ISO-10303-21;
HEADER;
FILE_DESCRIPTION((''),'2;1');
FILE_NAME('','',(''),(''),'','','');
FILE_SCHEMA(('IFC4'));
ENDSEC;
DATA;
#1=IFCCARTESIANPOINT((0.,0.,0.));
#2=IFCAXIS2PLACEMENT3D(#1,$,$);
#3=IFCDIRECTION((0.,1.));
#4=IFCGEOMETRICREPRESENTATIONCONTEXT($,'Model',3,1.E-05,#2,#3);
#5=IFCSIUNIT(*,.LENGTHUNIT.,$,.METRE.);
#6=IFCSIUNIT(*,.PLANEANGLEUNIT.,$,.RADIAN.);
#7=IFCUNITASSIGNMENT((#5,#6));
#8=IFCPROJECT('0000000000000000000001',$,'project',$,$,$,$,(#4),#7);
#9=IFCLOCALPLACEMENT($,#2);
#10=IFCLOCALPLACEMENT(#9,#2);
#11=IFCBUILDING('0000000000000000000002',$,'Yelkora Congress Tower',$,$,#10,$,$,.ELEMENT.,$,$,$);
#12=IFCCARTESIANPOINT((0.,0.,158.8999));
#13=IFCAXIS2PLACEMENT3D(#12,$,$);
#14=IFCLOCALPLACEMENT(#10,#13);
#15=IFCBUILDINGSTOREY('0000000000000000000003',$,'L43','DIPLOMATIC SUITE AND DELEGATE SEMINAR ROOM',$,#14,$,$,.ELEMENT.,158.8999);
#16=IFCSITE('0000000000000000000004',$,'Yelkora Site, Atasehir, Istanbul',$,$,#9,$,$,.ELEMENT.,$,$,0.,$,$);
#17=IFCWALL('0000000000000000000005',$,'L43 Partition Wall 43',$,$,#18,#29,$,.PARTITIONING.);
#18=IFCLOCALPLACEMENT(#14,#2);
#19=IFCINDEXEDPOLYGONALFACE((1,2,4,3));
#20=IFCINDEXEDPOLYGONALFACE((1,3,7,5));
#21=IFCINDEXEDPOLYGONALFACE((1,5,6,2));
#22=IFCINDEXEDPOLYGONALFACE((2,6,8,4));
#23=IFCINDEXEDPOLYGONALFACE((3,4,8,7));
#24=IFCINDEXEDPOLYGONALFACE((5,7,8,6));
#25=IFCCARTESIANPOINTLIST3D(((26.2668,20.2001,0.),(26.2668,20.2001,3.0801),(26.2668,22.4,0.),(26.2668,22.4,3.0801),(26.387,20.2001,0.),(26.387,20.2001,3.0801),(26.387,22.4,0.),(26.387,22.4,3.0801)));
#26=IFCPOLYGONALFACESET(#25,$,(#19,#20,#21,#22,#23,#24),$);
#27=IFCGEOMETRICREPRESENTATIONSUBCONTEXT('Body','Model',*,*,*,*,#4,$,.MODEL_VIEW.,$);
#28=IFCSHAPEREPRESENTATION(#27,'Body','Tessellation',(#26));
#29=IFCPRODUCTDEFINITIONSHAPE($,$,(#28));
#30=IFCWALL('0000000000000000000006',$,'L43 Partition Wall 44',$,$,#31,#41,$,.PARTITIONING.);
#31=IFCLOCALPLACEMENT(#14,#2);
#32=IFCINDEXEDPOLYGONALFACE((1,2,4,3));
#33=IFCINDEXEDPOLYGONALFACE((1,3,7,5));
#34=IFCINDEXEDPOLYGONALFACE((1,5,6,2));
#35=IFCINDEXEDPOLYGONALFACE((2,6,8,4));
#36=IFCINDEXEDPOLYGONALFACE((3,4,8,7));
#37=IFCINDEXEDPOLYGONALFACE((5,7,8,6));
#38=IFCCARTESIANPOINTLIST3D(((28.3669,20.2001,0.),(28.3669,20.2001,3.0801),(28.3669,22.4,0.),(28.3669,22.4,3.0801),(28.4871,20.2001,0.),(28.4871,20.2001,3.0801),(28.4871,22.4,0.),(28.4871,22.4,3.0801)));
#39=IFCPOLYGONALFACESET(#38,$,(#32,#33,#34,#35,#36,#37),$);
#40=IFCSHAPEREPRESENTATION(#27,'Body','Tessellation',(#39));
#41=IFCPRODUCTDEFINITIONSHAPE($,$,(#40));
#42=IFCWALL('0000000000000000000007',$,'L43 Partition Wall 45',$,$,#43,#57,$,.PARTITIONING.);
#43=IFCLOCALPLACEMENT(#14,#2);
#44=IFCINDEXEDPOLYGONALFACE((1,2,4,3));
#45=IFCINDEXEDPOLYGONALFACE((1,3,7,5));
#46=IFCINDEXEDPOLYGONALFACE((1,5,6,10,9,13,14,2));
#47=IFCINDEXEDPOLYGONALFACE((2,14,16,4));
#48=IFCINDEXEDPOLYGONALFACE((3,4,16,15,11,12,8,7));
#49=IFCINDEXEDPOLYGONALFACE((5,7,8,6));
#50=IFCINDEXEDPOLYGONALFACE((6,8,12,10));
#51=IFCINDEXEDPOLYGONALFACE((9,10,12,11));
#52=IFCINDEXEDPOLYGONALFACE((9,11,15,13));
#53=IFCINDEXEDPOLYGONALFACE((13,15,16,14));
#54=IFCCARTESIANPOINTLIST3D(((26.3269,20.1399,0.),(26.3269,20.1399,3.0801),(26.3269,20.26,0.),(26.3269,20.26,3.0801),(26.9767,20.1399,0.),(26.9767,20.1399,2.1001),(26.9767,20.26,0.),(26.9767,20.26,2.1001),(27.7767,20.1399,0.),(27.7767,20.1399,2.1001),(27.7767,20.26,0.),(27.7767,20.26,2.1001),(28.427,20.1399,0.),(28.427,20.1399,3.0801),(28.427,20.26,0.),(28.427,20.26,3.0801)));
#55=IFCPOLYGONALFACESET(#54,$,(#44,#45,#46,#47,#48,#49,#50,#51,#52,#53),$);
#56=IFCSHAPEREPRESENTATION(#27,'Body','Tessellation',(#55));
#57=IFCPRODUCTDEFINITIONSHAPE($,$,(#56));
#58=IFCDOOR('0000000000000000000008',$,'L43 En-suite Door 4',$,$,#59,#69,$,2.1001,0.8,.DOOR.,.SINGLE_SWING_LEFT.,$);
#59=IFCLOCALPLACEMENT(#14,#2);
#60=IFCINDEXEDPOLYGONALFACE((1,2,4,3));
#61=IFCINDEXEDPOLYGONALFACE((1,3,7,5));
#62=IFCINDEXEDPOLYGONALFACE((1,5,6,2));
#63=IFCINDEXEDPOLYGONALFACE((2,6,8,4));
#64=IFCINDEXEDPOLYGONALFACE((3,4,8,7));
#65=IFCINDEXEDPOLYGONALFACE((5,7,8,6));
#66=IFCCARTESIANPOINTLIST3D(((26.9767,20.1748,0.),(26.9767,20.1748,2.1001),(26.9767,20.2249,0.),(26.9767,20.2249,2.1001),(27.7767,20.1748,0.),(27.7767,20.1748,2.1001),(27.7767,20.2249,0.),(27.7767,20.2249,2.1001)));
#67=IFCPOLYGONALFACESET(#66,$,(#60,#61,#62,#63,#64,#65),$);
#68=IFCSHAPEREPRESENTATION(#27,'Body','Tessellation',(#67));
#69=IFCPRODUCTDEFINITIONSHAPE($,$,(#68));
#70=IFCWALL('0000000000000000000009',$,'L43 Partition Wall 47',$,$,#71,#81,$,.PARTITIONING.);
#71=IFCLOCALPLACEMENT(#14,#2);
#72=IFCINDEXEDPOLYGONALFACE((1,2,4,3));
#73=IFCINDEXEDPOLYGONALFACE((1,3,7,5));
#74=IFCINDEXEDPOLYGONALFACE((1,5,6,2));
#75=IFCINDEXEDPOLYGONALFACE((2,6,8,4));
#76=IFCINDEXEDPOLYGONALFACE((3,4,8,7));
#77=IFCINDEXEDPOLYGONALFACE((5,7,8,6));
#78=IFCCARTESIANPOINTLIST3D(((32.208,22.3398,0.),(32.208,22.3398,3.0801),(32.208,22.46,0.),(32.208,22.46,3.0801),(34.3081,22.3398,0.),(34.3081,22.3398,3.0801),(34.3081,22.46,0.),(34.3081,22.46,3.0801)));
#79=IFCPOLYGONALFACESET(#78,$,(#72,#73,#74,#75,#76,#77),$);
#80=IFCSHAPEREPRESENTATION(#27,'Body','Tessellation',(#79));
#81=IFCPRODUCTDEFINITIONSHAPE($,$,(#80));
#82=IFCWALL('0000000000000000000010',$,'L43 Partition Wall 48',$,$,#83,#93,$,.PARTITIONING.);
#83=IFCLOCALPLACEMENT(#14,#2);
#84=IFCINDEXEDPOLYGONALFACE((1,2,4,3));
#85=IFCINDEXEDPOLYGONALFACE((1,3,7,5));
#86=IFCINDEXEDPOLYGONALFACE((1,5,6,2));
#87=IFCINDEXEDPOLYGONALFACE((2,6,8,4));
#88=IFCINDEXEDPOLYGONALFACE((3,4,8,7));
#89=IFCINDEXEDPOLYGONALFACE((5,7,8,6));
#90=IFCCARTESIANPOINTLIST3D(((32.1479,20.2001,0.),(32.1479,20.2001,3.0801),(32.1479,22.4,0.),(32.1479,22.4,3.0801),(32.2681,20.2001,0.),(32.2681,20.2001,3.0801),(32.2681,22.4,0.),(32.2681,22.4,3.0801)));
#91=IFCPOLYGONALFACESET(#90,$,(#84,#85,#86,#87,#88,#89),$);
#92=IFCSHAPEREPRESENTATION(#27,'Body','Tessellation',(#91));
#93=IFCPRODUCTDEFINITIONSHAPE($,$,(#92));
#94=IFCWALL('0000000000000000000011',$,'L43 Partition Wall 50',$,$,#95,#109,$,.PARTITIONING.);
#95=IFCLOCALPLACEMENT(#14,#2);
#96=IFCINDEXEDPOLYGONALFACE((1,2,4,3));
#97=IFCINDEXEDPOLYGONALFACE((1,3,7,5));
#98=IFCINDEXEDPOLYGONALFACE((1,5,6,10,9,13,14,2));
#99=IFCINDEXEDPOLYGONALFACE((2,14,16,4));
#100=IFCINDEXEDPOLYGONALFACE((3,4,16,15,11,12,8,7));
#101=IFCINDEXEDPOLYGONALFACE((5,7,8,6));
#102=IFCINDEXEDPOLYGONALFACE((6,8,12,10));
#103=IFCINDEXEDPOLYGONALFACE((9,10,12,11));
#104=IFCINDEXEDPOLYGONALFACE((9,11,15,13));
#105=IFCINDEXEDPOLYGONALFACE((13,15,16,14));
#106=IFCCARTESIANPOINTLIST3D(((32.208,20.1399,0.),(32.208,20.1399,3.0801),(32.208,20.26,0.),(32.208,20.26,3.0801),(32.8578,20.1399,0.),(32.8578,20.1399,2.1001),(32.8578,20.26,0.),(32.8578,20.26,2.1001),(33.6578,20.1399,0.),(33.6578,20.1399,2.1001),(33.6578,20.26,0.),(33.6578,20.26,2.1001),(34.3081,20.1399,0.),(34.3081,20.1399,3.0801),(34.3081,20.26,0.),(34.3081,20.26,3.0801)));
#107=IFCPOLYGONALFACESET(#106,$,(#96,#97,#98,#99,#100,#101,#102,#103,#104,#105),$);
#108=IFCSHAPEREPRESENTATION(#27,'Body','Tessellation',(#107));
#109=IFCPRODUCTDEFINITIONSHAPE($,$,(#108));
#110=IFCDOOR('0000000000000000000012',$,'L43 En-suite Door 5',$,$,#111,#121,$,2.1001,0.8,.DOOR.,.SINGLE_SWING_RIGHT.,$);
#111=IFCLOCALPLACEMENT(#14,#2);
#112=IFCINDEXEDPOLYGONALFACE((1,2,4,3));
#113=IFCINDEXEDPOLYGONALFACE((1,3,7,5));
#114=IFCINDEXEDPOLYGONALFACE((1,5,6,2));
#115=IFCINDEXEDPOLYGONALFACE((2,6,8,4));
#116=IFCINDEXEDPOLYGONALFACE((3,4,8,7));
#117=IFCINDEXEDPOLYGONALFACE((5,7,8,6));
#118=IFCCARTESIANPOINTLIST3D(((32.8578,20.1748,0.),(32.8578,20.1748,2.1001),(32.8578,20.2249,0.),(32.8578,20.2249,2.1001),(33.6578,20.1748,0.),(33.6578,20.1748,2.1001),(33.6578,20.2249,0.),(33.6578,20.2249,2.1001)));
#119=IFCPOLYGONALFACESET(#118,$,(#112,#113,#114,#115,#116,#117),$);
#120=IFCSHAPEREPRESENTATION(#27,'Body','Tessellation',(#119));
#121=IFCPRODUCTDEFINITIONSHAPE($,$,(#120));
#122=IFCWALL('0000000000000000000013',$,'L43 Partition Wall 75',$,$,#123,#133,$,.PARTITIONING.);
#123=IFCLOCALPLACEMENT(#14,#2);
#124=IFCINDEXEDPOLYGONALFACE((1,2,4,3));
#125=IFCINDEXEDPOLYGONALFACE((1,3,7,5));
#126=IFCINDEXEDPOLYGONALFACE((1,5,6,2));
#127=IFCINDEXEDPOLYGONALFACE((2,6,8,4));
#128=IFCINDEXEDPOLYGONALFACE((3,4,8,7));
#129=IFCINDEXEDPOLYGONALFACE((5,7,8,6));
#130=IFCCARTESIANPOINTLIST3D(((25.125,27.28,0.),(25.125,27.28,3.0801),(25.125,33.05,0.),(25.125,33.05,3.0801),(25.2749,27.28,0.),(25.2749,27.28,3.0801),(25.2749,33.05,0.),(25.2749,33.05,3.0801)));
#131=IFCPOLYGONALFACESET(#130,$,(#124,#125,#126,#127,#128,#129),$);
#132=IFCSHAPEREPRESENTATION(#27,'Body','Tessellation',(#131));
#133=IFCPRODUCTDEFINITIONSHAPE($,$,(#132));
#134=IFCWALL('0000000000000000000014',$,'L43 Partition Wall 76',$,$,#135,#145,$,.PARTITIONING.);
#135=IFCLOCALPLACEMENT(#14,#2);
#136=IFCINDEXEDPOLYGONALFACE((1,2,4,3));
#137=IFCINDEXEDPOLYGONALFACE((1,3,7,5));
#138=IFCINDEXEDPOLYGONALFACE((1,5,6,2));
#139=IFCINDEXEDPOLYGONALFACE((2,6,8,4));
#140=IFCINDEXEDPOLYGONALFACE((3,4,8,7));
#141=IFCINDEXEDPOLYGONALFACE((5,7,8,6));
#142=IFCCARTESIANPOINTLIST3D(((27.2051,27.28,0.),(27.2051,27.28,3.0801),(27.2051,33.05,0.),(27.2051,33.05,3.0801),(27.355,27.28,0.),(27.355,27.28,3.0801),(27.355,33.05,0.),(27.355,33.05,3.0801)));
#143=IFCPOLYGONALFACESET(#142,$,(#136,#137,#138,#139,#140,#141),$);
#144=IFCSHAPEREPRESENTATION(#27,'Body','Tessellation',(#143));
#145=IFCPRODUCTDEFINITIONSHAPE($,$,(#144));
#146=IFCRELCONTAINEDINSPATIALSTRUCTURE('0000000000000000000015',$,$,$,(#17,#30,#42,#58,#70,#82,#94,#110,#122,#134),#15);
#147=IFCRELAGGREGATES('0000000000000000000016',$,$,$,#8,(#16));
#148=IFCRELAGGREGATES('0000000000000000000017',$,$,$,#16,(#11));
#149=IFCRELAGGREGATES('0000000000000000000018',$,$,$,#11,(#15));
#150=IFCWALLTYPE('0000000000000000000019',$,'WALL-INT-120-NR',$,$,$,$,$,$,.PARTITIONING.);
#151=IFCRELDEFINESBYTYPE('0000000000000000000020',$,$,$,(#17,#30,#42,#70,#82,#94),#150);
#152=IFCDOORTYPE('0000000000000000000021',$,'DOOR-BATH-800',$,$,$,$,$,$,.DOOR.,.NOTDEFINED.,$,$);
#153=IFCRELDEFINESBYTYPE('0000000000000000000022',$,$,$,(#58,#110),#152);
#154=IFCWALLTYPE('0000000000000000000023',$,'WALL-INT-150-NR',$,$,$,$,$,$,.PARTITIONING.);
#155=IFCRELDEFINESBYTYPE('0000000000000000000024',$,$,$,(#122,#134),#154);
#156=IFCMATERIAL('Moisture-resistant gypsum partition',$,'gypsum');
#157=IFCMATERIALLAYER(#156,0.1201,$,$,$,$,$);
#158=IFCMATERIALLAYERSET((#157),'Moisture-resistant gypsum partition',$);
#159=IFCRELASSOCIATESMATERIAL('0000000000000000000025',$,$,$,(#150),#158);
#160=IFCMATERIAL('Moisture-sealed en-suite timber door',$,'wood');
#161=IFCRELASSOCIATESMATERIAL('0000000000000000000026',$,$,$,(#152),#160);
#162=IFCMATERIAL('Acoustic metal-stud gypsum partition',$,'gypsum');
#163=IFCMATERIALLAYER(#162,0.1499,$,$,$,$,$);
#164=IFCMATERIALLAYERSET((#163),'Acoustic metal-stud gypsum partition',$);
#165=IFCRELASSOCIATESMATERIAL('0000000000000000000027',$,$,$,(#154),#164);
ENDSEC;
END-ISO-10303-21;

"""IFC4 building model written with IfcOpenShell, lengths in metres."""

from ifc_helpers import new_model, si_unit, direction, frame, frame_2d, origin, place, context, subcontext, project, spatial, rectangle, extrude, material, layer, layer_set, type_object, element, fill, save


model = new_model("IFC4")

# Units and contexts
model_context = context("Model", 3, precision=1e-05, world=origin(), true_north=direction((0.0, 1.0)))
body_context = subcontext(model_context, "Body", "Model", "MODEL_VIEW")
ifc_project = project(units=[si_unit("LENGTHUNIT", "METRE"), si_unit("PLANEANGLEUNIT", "RADIAN")], contexts=[model_context])

# Site, building, storey
site_placement = place(None, origin())
site = spatial("IfcSite", under=ifc_project, at=site_placement, Name="Yelkora Site, Atasehir, Istanbul", CompositionType="ELEMENT", RefElevation=0.0)
building_placement = place(site_placement, origin())
building = spatial("IfcBuilding", under=site, at=building_placement, Name="Yelkora Congress Tower", CompositionType="ELEMENT")
storey_placement = place(building_placement, frame((0.0, 0.0, 158.8999)))
storey = spatial("IfcBuildingStorey", under=building, at=storey_placement, Name="L43", Description="DIPLOMATIC SUITE AND DELEGATE SEMINAR ROOM", CompositionType="ELEMENT", Elevation=158.8999)

# Walls
ifc_material_1 = material(Name="Moisture-resistant gypsum partition", Category="gypsum")
ifc_layer_1 = layer(ifc_material_1, 0.1201)
ifc_layer_set_1 = layer_set([ifc_layer_1], Name="Moisture-resistant gypsum partition")
wall_type_1 = type_object("IfcWallType", Name="WALL-INT-120-NR", PredefinedType="PARTITIONING", material=ifc_layer_set_1)
for number, where, z_axis, x_axis, name in (
    (1, (26.3269, 20.2, 0.0), (0.0, 0.0, 1.0), (0.0, 1.0, 0.0), "L43 Partition Wall 43"),
    (2, (28.427, 20.2, 0.0), (0.0, 0.0, 1.0), (0.0, 1.0, 0.0), "L43 Partition Wall 44"),
):
    element("IfcWall", number, at=place(storey_placement, frame(where, z_axis=z_axis, x_axis=x_axis)), inside=storey, type_object=wall_type_1, Name=name, PredefinedType="PARTITIONING", context=body_context, shape_type="SweptSolid", body=[
        extrude(rectangle(XDim=2.2, YDim=0.1201, at=frame_2d((1.1001, 0.0))), origin(), (0.0, 0.0, 1.0), 3.0801),
    ])

# Wall, opening, door
wall_1_placement = place(storey_placement, frame((26.3269, 20.2, 0.0), z_axis=(0.0, 0.0, 1.0), x_axis=(1.0, 0.0, 0.0)))
wall_1 = element("IfcWall", 3, at=wall_1_placement, inside=storey, type_object=wall_type_1, Name="L43 Partition Wall 45", PredefinedType="PARTITIONING", context=body_context, shape_type="SweptSolid", body=[
    extrude(rectangle(XDim=2.1001, YDim=0.1201, at=frame_2d((1.05, 0.0))), origin(), (0.0, 0.0, 1.0), 3.0801),
])
opening_1_placement = place(wall_1_placement, frame((0.6499, 0.0, 0.0)))
opening_1 = element("IfcOpeningElement", 4, at=opening_1_placement, cuts=wall_1, PredefinedType="OPENING", context=body_context, shape_type="SweptSolid", body=[
    extrude(rectangle(XDim=0.8, YDim=2.1001, at=frame_2d((0.3999, 1.05))), frame((0.0, 0.0701, 0.0), z_axis=(0.0, -1.0, 0.0), x_axis=(1.0, 0.0, 0.0)), (0.0, 0.0, 1.0), 0.1401),
])
ifc_material_2 = material(Name="Moisture-sealed en-suite timber door", Category="wood")
door_type_1 = type_object("IfcDoorType", Name="DOOR-BATH-800", OperationType="NOTDEFINED", PredefinedType="DOOR", material=ifc_material_2)
door_1_placement = place(opening_1_placement, origin())
door_1 = element("IfcDoor", 5, at=door_1_placement, inside=storey, type_object=door_type_1, Name="L43 En-suite Door 4", OperationType="SINGLE_SWING_LEFT", OverallHeight=2.1001, OverallWidth=0.8, PredefinedType="DOOR", context=body_context, shape_type="SweptSolid", body=[
    extrude(rectangle(XDim=0.8, YDim=2.1001, at=frame_2d((0.3999, 1.05))), frame((0.0, 0.0249, 0.0), z_axis=(0.0, -1.0, 0.0), x_axis=(1.0, 0.0, 0.0)), (0.0, 0.0, 1.0), 0.05),
])
fill(opening_1, door_1)

# Walls
wall_2_placement = place(storey_placement, frame((32.208, 22.3999, 0.0), z_axis=(0.0, 0.0, 1.0), x_axis=(1.0, 0.0, 0.0)))
element("IfcWall", 6, at=wall_2_placement, inside=storey, type_object=wall_type_1, Name="L43 Partition Wall 47", PredefinedType="PARTITIONING", context=body_context, shape_type="SweptSolid", body=[
    extrude(rectangle(XDim=2.1001, YDim=0.1201, at=frame_2d((1.05, 0.0))), origin(), (0.0, 0.0, 1.0), 3.0801),
])
wall_3_placement = place(storey_placement, frame((32.208, 20.2, 0.0), z_axis=(0.0, 0.0, 1.0), x_axis=(0.0, 1.0, 0.0)))
element("IfcWall", 7, at=wall_3_placement, inside=storey, type_object=wall_type_1, Name="L43 Partition Wall 48", PredefinedType="PARTITIONING", context=body_context, shape_type="SweptSolid", body=[
    extrude(rectangle(XDim=2.2, YDim=0.1201, at=frame_2d((1.1001, 0.0))), origin(), (0.0, 0.0, 1.0), 3.0801),
])

# Wall, opening, door
wall_4_placement = place(storey_placement, frame((32.208, 20.2, 0.0), z_axis=(0.0, 0.0, 1.0), x_axis=(1.0, 0.0, 0.0)))
wall_4 = element("IfcWall", 8, at=wall_4_placement, inside=storey, type_object=wall_type_1, Name="L43 Partition Wall 50", PredefinedType="PARTITIONING", context=body_context, shape_type="SweptSolid", body=[
    extrude(rectangle(XDim=2.1001, YDim=0.1201, at=frame_2d((1.05, 0.0))), origin(), (0.0, 0.0, 1.0), 3.0801),
])
opening_2_placement = place(wall_4_placement, frame((0.6499, 0.0, 0.0)))
opening_2 = element("IfcOpeningElement", 9, at=opening_2_placement, cuts=wall_4, PredefinedType="OPENING", context=body_context, shape_type="SweptSolid", body=[
    extrude(rectangle(XDim=0.8, YDim=2.1001, at=frame_2d((0.3999, 1.05))), frame((0.0, 0.0701, 0.0), z_axis=(0.0, -1.0, 0.0), x_axis=(1.0, 0.0, 0.0)), (0.0, 0.0, 1.0), 0.1401),
])
door_2_placement = place(opening_2_placement, origin())
door_2 = element("IfcDoor", 10, at=door_2_placement, inside=storey, type_object=door_type_1, Name="L43 En-suite Door 5", OperationType="SINGLE_SWING_RIGHT", OverallHeight=2.1001, OverallWidth=0.8, PredefinedType="DOOR", context=body_context, shape_type="SweptSolid", body=[
    extrude(rectangle(XDim=0.8, YDim=2.1001, at=frame_2d((0.3999, 1.05))), frame((0.0, 0.0249, 0.0), z_axis=(0.0, -1.0, 0.0), x_axis=(1.0, 0.0, 0.0)), (0.0, 0.0, 1.0), 0.05),
])
fill(opening_2, door_2)

# Walls
ifc_material_3 = material(Name="Acoustic metal-stud gypsum partition", Category="gypsum")
ifc_layer_2 = layer(ifc_material_3, 0.1499)
ifc_layer_set_2 = layer_set([ifc_layer_2], Name="Acoustic metal-stud gypsum partition")
wall_type_2 = type_object("IfcWallType", Name="WALL-INT-150-NR", PredefinedType="PARTITIONING", material=ifc_layer_set_2)
for number, where, z_axis, x_axis, name in (
    (11, (25.2, 27.28, 0.0), (0.0, 0.0, 1.0), (0.0, 1.0, 0.0), "L43 Partition Wall 75"),
    (12, (27.28, 27.28, 0.0), (0.0, 0.0, 1.0), (0.0, 1.0, 0.0), "L43 Partition Wall 76"),
):
    element("IfcWall", number, at=place(storey_placement, frame(where, z_axis=z_axis, x_axis=x_axis)), inside=storey, type_object=wall_type_2, Name=name, PredefinedType="PARTITIONING", context=body_context, shape_type="SweptSolid", body=[
        extrude(rectangle(XDim=5.77, YDim=0.1499, at=frame_2d((2.885, 0.0))), origin(), (0.0, 0.0, 1.0), 3.0801),
    ])

save(model, "model.ifc")
